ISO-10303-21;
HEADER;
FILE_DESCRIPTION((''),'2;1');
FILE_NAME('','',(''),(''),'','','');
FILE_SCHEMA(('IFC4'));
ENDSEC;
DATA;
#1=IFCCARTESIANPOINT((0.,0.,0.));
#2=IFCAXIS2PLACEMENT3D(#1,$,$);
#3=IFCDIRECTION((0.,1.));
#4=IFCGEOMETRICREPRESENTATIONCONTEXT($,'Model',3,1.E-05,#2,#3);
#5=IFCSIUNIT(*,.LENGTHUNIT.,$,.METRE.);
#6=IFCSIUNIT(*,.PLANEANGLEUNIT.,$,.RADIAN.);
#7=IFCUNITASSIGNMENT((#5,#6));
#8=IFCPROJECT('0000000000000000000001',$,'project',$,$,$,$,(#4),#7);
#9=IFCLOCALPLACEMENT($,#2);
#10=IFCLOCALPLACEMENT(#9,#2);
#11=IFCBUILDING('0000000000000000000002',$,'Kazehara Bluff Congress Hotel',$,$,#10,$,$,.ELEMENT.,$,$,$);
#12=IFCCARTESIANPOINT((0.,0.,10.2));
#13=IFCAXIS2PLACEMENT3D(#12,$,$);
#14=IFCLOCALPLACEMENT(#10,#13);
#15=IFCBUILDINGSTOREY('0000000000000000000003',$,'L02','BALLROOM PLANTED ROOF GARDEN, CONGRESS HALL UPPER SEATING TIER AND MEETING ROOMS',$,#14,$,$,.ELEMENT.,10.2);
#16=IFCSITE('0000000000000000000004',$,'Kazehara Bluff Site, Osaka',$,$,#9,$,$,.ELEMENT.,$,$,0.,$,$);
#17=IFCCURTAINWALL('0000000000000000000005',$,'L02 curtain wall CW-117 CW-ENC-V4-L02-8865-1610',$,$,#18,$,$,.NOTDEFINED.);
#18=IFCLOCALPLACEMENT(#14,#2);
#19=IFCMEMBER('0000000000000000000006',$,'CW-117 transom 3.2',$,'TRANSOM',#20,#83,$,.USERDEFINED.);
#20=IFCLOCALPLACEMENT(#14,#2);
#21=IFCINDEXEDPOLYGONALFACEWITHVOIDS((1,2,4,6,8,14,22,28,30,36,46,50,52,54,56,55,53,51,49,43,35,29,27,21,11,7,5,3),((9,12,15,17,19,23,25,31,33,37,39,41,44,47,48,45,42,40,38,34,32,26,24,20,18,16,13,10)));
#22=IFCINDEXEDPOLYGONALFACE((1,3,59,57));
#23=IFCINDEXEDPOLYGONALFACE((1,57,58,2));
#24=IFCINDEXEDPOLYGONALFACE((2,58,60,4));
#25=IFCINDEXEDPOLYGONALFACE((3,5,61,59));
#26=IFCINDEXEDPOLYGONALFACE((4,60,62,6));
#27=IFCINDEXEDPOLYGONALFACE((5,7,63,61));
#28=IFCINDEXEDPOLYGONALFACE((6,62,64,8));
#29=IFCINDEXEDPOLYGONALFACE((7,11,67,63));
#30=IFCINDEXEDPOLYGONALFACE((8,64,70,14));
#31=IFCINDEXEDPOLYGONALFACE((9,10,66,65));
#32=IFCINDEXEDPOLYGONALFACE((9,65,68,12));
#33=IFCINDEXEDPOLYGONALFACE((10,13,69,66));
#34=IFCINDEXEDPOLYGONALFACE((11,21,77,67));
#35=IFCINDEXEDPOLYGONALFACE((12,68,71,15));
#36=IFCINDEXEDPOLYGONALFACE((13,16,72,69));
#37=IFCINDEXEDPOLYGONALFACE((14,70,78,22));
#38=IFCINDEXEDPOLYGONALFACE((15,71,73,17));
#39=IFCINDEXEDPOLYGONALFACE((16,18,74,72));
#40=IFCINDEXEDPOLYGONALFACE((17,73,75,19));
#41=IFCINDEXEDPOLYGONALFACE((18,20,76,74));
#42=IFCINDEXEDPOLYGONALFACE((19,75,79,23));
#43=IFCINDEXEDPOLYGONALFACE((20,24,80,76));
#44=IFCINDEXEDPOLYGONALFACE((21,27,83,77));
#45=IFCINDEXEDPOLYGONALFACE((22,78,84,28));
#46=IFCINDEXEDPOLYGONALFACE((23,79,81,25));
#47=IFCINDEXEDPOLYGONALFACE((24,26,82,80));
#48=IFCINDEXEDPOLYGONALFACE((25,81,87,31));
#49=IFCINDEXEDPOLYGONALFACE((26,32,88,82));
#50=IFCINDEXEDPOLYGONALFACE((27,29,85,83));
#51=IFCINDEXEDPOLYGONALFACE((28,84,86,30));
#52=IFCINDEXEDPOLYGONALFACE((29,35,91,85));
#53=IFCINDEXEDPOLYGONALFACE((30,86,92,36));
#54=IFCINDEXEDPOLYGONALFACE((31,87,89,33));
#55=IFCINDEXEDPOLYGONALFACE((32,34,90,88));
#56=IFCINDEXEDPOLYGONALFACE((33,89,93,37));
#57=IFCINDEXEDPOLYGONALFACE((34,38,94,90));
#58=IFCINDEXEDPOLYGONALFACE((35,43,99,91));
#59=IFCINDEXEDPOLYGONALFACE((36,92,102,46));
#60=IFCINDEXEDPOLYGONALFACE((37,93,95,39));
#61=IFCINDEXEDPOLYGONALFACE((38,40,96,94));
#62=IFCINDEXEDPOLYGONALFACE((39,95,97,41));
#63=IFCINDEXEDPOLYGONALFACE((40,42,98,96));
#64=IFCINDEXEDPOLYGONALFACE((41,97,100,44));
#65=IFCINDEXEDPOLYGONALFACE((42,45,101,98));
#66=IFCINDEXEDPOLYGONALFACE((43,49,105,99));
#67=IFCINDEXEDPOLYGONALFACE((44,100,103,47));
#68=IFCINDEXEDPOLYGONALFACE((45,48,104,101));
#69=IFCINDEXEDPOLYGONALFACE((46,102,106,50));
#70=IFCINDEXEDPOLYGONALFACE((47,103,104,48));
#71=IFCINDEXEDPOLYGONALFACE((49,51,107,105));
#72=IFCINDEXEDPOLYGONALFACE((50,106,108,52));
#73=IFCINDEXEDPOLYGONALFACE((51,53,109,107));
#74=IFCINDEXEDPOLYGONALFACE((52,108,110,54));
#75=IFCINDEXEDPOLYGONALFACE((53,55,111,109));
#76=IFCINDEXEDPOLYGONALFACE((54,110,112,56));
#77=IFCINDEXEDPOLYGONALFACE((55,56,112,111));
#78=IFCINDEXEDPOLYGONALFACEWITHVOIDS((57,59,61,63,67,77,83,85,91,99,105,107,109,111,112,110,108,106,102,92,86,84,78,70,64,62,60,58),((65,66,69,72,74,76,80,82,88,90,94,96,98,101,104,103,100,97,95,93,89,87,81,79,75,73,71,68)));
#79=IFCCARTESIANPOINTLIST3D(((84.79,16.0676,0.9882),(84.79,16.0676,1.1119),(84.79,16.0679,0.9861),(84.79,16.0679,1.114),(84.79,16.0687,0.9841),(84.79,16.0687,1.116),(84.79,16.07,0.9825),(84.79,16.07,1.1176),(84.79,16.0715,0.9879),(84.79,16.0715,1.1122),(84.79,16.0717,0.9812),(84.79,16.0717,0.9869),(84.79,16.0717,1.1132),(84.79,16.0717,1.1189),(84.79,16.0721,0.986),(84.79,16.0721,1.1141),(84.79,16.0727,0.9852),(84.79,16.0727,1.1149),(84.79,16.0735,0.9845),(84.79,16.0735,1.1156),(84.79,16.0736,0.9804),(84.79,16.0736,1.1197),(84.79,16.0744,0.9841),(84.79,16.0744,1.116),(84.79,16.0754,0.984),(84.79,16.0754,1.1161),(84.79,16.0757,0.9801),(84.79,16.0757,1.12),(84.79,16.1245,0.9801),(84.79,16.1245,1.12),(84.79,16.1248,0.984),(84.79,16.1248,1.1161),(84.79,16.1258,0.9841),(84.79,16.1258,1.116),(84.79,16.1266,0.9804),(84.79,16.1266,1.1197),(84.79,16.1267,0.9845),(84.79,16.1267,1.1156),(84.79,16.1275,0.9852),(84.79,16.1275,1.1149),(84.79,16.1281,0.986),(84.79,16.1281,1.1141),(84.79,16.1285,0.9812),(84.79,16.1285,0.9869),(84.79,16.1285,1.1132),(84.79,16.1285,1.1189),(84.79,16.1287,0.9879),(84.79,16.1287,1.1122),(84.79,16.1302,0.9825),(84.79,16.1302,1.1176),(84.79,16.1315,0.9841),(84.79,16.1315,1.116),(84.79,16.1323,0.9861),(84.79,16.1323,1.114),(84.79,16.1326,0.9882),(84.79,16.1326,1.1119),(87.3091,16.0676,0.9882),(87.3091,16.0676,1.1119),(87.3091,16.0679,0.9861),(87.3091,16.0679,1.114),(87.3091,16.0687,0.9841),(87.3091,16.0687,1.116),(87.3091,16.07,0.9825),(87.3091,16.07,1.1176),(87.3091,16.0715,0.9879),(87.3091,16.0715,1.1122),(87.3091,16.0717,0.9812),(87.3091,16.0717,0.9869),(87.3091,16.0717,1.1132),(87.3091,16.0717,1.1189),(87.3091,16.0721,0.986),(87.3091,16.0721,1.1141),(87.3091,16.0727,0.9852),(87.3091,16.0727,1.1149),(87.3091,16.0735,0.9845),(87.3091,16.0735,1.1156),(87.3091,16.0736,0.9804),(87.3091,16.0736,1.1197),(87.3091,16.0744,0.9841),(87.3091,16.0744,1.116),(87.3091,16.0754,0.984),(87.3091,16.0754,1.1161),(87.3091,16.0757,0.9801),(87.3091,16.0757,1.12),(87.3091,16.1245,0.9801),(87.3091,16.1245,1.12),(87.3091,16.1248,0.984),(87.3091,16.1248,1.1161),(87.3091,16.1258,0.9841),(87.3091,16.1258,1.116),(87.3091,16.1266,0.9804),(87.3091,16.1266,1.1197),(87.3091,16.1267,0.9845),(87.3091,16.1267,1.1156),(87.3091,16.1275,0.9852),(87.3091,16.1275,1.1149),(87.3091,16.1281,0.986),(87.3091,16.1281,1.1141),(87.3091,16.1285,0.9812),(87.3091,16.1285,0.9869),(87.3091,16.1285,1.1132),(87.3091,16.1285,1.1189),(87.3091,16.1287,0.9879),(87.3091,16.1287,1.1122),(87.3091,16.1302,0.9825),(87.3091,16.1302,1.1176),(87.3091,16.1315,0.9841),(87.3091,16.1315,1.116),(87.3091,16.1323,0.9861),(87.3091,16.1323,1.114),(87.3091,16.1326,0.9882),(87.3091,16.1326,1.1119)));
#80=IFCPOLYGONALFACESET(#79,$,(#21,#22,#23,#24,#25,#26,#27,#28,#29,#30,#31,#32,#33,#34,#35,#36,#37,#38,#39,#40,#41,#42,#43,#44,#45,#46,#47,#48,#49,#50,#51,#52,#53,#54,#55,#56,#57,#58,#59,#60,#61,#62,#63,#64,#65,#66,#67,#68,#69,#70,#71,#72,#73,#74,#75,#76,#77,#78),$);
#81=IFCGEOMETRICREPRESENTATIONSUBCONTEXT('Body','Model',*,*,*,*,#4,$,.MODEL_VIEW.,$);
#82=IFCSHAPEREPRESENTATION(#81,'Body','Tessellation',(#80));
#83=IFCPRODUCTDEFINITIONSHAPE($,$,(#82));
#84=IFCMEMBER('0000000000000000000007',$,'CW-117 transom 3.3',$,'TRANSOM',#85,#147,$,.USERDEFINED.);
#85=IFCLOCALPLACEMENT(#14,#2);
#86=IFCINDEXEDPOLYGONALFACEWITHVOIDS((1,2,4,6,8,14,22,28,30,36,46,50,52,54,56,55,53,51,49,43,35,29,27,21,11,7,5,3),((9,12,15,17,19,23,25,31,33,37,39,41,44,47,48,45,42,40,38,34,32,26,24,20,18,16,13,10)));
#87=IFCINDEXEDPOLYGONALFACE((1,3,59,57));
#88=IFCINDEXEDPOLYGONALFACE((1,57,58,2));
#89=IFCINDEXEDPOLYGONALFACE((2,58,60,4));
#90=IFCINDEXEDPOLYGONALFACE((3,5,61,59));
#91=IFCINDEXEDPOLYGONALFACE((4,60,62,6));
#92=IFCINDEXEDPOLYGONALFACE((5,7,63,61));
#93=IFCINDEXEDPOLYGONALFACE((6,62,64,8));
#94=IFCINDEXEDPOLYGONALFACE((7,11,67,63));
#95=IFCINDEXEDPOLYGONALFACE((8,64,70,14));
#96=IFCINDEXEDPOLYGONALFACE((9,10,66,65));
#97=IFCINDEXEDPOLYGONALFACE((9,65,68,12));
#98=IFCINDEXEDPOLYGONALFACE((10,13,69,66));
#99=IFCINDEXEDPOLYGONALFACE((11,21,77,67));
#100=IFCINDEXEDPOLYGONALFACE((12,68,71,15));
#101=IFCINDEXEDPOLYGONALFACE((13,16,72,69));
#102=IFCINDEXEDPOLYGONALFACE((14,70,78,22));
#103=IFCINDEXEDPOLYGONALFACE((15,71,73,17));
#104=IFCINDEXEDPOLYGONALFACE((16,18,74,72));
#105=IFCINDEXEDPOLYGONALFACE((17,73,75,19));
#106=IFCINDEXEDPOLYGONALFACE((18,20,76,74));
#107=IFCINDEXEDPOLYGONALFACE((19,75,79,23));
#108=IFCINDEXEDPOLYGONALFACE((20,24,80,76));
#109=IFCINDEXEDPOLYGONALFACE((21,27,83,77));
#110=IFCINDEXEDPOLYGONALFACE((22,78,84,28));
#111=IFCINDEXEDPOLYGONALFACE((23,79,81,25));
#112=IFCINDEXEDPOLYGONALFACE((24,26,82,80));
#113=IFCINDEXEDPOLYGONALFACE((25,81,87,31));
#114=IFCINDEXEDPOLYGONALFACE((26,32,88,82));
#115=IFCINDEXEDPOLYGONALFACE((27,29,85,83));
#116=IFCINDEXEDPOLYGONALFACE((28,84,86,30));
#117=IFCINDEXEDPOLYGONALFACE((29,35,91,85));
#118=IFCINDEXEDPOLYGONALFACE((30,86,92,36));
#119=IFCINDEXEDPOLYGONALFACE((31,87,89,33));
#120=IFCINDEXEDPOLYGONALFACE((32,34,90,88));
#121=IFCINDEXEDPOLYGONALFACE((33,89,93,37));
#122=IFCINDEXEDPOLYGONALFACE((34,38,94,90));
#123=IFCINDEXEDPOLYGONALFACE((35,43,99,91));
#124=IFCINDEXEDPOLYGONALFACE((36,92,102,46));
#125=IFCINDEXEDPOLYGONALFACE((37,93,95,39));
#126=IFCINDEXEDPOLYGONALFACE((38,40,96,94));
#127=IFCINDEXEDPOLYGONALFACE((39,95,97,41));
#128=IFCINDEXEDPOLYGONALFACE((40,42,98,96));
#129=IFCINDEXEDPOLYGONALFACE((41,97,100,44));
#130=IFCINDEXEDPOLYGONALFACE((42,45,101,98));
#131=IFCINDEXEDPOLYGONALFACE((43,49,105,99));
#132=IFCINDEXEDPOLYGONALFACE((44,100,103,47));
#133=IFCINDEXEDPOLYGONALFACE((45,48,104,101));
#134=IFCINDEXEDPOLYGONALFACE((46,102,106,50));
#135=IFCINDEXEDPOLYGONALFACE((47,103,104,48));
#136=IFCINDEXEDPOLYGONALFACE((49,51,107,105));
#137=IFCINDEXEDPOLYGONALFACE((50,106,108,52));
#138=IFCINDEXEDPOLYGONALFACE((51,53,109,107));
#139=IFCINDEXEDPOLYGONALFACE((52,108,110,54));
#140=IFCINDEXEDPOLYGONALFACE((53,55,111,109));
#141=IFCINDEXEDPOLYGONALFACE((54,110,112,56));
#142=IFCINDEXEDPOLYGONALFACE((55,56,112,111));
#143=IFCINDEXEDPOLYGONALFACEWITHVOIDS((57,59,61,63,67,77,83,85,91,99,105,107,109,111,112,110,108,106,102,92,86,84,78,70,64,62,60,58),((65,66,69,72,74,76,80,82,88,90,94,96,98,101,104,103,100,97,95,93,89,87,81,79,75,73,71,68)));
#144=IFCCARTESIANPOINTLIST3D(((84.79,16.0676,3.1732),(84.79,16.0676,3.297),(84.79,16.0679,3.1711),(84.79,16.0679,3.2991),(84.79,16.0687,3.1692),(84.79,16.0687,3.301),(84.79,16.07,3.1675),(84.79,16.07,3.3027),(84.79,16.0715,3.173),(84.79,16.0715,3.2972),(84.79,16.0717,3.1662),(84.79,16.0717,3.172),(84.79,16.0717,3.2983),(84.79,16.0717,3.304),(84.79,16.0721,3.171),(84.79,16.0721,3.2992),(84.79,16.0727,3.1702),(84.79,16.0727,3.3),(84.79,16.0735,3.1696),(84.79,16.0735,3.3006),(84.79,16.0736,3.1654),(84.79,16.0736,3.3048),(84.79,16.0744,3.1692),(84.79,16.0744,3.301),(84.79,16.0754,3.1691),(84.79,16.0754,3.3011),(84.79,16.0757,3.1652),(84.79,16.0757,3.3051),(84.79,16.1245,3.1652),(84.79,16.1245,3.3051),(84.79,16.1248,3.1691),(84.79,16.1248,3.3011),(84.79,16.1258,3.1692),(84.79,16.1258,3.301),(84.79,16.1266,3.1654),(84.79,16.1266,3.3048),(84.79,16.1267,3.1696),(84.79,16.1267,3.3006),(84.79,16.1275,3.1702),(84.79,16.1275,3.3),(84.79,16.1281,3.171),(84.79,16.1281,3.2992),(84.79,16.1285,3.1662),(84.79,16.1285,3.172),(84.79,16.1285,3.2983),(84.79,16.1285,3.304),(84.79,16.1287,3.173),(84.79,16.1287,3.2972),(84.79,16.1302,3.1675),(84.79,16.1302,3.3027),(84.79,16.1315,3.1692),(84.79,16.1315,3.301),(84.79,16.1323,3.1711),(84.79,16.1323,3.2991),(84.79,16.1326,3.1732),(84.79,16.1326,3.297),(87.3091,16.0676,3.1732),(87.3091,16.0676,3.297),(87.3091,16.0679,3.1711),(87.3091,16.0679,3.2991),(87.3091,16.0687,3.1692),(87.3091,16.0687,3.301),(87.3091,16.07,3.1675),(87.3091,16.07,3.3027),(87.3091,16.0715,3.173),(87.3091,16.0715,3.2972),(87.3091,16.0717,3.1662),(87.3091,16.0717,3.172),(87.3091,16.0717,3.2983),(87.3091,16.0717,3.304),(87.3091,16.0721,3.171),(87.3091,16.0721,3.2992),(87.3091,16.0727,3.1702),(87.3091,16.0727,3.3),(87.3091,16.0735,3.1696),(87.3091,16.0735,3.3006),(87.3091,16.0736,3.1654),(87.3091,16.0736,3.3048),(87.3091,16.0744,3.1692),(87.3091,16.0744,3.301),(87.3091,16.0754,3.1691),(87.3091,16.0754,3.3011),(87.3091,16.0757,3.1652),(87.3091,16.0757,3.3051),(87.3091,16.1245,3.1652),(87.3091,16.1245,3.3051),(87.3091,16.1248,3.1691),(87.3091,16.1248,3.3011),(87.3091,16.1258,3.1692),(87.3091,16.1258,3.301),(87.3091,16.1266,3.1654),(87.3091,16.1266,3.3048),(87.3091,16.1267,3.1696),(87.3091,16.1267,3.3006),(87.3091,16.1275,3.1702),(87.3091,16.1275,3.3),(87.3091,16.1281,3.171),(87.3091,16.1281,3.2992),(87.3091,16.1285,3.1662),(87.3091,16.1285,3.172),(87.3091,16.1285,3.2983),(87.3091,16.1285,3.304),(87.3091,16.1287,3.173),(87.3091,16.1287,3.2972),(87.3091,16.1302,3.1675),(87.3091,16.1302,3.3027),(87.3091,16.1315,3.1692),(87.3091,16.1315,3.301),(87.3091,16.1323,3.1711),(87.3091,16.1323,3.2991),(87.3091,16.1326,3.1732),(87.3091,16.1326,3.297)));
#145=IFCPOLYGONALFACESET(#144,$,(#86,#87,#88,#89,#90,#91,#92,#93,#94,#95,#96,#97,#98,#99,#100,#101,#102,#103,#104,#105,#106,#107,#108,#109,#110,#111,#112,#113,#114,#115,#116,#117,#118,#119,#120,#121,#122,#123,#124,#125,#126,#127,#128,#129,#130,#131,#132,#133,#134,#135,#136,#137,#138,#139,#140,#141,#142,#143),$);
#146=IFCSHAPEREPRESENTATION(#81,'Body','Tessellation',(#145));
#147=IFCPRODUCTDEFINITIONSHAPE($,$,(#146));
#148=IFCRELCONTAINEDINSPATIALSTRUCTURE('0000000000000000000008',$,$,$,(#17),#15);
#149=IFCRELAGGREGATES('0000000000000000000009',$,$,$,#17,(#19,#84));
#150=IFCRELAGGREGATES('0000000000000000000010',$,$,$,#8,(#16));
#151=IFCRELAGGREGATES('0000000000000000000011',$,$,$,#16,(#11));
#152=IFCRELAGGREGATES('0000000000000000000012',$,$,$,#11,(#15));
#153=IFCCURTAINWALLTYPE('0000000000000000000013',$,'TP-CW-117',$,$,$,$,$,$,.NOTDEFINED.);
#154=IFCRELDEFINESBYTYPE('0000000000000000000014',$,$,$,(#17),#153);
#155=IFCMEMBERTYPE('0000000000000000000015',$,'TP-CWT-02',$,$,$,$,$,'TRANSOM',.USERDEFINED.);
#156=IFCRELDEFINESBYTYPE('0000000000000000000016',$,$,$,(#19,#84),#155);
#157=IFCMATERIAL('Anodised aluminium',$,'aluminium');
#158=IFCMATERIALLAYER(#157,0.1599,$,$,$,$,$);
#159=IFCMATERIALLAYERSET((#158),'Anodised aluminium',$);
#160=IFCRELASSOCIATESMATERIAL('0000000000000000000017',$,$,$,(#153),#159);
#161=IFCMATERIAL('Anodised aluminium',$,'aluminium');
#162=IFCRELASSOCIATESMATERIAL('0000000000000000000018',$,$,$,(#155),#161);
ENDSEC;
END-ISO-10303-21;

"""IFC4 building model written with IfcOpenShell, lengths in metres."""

from ifc_helpers import new_model, si_unit, direction, frame, origin, origin_2d, place, context, subcontext, project, spatial, hollow_rectangle, extrude, material, layer, layer_set, material_profile, profile_set, type_object, element, aggregate, save


model = new_model("IFC4")

# Units and contexts
model_context = context("Model", 3, precision=1e-05, world=origin(), true_north=direction((0.0, 1.0)))
body_context = subcontext(model_context, "Body", "Model", "MODEL_VIEW")
ifc_project = project(units=[si_unit("LENGTHUNIT", "METRE"), si_unit("PLANEANGLEUNIT", "RADIAN")], contexts=[model_context])

# Site, building, storey
site_placement = place(None, origin())
site = spatial("IfcSite", under=ifc_project, at=site_placement, Name="Kazehara Bluff Site, Osaka", CompositionType="ELEMENT", RefElevation=0.0)
building_placement = place(site_placement, origin())
building = spatial("IfcBuilding", under=site, at=building_placement, Name="Kazehara Bluff Congress Hotel", CompositionType="ELEMENT")
storey_placement = place(building_placement, frame((0.0, 0.0, 10.2)))
storey = spatial("IfcBuildingStorey", under=building, at=storey_placement, Name="L02", Description="BALLROOM PLANTED ROOF GARDEN, CONGRESS HALL UPPER SEATING TIER AND MEETING ROOMS", CompositionType="ELEMENT", Elevation=10.2)

# Shared definitions
ifc_material_1 = material(Name="Anodised aluminium", Category="aluminium")
ifc_layer_1 = layer(ifc_material_1, 0.1599)
ifc_layer_set_1 = layer_set([ifc_layer_1], Name="Anodised aluminium")
curtain_wall_type = type_object("IfcCurtainWallType", Name="TP-CW-117", PredefinedType="NOTDEFINED", material=ifc_layer_set_1)

# Curtain wall
curtain_wall_1_placement = place(storey_placement, origin())
curtain_wall_1 = element("IfcCurtainWall", 1, at=curtain_wall_1_placement, inside=storey, type_object=curtain_wall_type, Name="L02 curtain wall CW-117 CW-ENC-V4-L02-8865-1610", PredefinedType="NOTDEFINED")

# Members
ifc_material_2 = material(Name="Anodised aluminium", Category="aluminium")
ifc_material_profile_1 = material_profile(ifc_material_2, hollow_rectangle(XDim=0.0649, YDim=0.1399, WallThickness=0.0039, InnerFilletRadius=0.0039, OuterFilletRadius=0.0081, at=origin_2d()))
ifc_profile_set_1 = profile_set([ifc_material_profile_1], Name="Anodised aluminium")
member_type_1 = type_object("IfcMemberType", Name="TP-CWT-02", ElementType="TRANSOM", PredefinedType="USERDEFINED", material=ifc_profile_set_1)
member_1_placement = place(storey_placement, frame((87.3091, 16.1001, 1.05), z_axis=(-1.0, 0.0, 0.0), x_axis=(0.0, -1.0, 0.0)))
member_1 = element("IfcMember", 2, at=member_1_placement, type_object=member_type_1, Name="CW-117 transom 3.2", ObjectType="TRANSOM", PredefinedType="USERDEFINED", context=body_context, shape_type="SweptSolid", body=[
    extrude(hollow_rectangle(XDim=0.0649, YDim=0.1399, WallThickness=0.0039, InnerFilletRadius=0.0039, OuterFilletRadius=0.0081, at=origin_2d()), origin(), (0.0, 0.0, 1.0), 2.519),
])
member_2_placement = place(storey_placement, frame((87.3091, 16.1001, 3.2351), z_axis=(-1.0, 0.0, 0.0), x_axis=(0.0, -1.0, 0.0)))
member_2 = element("IfcMember", 3, at=member_2_placement, type_object=member_type_1, Name="CW-117 transom 3.3", ObjectType="TRANSOM", PredefinedType="USERDEFINED", context=body_context, shape_type="SweptSolid", body=[
    extrude(hollow_rectangle(XDim=0.0649, YDim=0.1399, WallThickness=0.0039, InnerFilletRadius=0.0039, OuterFilletRadius=0.0081, at=origin_2d()), origin(), (0.0, 0.0, 1.0), 2.519),
])

aggregate(curtain_wall_1, [member_1, member_2])

save(model, "model.ifc")
